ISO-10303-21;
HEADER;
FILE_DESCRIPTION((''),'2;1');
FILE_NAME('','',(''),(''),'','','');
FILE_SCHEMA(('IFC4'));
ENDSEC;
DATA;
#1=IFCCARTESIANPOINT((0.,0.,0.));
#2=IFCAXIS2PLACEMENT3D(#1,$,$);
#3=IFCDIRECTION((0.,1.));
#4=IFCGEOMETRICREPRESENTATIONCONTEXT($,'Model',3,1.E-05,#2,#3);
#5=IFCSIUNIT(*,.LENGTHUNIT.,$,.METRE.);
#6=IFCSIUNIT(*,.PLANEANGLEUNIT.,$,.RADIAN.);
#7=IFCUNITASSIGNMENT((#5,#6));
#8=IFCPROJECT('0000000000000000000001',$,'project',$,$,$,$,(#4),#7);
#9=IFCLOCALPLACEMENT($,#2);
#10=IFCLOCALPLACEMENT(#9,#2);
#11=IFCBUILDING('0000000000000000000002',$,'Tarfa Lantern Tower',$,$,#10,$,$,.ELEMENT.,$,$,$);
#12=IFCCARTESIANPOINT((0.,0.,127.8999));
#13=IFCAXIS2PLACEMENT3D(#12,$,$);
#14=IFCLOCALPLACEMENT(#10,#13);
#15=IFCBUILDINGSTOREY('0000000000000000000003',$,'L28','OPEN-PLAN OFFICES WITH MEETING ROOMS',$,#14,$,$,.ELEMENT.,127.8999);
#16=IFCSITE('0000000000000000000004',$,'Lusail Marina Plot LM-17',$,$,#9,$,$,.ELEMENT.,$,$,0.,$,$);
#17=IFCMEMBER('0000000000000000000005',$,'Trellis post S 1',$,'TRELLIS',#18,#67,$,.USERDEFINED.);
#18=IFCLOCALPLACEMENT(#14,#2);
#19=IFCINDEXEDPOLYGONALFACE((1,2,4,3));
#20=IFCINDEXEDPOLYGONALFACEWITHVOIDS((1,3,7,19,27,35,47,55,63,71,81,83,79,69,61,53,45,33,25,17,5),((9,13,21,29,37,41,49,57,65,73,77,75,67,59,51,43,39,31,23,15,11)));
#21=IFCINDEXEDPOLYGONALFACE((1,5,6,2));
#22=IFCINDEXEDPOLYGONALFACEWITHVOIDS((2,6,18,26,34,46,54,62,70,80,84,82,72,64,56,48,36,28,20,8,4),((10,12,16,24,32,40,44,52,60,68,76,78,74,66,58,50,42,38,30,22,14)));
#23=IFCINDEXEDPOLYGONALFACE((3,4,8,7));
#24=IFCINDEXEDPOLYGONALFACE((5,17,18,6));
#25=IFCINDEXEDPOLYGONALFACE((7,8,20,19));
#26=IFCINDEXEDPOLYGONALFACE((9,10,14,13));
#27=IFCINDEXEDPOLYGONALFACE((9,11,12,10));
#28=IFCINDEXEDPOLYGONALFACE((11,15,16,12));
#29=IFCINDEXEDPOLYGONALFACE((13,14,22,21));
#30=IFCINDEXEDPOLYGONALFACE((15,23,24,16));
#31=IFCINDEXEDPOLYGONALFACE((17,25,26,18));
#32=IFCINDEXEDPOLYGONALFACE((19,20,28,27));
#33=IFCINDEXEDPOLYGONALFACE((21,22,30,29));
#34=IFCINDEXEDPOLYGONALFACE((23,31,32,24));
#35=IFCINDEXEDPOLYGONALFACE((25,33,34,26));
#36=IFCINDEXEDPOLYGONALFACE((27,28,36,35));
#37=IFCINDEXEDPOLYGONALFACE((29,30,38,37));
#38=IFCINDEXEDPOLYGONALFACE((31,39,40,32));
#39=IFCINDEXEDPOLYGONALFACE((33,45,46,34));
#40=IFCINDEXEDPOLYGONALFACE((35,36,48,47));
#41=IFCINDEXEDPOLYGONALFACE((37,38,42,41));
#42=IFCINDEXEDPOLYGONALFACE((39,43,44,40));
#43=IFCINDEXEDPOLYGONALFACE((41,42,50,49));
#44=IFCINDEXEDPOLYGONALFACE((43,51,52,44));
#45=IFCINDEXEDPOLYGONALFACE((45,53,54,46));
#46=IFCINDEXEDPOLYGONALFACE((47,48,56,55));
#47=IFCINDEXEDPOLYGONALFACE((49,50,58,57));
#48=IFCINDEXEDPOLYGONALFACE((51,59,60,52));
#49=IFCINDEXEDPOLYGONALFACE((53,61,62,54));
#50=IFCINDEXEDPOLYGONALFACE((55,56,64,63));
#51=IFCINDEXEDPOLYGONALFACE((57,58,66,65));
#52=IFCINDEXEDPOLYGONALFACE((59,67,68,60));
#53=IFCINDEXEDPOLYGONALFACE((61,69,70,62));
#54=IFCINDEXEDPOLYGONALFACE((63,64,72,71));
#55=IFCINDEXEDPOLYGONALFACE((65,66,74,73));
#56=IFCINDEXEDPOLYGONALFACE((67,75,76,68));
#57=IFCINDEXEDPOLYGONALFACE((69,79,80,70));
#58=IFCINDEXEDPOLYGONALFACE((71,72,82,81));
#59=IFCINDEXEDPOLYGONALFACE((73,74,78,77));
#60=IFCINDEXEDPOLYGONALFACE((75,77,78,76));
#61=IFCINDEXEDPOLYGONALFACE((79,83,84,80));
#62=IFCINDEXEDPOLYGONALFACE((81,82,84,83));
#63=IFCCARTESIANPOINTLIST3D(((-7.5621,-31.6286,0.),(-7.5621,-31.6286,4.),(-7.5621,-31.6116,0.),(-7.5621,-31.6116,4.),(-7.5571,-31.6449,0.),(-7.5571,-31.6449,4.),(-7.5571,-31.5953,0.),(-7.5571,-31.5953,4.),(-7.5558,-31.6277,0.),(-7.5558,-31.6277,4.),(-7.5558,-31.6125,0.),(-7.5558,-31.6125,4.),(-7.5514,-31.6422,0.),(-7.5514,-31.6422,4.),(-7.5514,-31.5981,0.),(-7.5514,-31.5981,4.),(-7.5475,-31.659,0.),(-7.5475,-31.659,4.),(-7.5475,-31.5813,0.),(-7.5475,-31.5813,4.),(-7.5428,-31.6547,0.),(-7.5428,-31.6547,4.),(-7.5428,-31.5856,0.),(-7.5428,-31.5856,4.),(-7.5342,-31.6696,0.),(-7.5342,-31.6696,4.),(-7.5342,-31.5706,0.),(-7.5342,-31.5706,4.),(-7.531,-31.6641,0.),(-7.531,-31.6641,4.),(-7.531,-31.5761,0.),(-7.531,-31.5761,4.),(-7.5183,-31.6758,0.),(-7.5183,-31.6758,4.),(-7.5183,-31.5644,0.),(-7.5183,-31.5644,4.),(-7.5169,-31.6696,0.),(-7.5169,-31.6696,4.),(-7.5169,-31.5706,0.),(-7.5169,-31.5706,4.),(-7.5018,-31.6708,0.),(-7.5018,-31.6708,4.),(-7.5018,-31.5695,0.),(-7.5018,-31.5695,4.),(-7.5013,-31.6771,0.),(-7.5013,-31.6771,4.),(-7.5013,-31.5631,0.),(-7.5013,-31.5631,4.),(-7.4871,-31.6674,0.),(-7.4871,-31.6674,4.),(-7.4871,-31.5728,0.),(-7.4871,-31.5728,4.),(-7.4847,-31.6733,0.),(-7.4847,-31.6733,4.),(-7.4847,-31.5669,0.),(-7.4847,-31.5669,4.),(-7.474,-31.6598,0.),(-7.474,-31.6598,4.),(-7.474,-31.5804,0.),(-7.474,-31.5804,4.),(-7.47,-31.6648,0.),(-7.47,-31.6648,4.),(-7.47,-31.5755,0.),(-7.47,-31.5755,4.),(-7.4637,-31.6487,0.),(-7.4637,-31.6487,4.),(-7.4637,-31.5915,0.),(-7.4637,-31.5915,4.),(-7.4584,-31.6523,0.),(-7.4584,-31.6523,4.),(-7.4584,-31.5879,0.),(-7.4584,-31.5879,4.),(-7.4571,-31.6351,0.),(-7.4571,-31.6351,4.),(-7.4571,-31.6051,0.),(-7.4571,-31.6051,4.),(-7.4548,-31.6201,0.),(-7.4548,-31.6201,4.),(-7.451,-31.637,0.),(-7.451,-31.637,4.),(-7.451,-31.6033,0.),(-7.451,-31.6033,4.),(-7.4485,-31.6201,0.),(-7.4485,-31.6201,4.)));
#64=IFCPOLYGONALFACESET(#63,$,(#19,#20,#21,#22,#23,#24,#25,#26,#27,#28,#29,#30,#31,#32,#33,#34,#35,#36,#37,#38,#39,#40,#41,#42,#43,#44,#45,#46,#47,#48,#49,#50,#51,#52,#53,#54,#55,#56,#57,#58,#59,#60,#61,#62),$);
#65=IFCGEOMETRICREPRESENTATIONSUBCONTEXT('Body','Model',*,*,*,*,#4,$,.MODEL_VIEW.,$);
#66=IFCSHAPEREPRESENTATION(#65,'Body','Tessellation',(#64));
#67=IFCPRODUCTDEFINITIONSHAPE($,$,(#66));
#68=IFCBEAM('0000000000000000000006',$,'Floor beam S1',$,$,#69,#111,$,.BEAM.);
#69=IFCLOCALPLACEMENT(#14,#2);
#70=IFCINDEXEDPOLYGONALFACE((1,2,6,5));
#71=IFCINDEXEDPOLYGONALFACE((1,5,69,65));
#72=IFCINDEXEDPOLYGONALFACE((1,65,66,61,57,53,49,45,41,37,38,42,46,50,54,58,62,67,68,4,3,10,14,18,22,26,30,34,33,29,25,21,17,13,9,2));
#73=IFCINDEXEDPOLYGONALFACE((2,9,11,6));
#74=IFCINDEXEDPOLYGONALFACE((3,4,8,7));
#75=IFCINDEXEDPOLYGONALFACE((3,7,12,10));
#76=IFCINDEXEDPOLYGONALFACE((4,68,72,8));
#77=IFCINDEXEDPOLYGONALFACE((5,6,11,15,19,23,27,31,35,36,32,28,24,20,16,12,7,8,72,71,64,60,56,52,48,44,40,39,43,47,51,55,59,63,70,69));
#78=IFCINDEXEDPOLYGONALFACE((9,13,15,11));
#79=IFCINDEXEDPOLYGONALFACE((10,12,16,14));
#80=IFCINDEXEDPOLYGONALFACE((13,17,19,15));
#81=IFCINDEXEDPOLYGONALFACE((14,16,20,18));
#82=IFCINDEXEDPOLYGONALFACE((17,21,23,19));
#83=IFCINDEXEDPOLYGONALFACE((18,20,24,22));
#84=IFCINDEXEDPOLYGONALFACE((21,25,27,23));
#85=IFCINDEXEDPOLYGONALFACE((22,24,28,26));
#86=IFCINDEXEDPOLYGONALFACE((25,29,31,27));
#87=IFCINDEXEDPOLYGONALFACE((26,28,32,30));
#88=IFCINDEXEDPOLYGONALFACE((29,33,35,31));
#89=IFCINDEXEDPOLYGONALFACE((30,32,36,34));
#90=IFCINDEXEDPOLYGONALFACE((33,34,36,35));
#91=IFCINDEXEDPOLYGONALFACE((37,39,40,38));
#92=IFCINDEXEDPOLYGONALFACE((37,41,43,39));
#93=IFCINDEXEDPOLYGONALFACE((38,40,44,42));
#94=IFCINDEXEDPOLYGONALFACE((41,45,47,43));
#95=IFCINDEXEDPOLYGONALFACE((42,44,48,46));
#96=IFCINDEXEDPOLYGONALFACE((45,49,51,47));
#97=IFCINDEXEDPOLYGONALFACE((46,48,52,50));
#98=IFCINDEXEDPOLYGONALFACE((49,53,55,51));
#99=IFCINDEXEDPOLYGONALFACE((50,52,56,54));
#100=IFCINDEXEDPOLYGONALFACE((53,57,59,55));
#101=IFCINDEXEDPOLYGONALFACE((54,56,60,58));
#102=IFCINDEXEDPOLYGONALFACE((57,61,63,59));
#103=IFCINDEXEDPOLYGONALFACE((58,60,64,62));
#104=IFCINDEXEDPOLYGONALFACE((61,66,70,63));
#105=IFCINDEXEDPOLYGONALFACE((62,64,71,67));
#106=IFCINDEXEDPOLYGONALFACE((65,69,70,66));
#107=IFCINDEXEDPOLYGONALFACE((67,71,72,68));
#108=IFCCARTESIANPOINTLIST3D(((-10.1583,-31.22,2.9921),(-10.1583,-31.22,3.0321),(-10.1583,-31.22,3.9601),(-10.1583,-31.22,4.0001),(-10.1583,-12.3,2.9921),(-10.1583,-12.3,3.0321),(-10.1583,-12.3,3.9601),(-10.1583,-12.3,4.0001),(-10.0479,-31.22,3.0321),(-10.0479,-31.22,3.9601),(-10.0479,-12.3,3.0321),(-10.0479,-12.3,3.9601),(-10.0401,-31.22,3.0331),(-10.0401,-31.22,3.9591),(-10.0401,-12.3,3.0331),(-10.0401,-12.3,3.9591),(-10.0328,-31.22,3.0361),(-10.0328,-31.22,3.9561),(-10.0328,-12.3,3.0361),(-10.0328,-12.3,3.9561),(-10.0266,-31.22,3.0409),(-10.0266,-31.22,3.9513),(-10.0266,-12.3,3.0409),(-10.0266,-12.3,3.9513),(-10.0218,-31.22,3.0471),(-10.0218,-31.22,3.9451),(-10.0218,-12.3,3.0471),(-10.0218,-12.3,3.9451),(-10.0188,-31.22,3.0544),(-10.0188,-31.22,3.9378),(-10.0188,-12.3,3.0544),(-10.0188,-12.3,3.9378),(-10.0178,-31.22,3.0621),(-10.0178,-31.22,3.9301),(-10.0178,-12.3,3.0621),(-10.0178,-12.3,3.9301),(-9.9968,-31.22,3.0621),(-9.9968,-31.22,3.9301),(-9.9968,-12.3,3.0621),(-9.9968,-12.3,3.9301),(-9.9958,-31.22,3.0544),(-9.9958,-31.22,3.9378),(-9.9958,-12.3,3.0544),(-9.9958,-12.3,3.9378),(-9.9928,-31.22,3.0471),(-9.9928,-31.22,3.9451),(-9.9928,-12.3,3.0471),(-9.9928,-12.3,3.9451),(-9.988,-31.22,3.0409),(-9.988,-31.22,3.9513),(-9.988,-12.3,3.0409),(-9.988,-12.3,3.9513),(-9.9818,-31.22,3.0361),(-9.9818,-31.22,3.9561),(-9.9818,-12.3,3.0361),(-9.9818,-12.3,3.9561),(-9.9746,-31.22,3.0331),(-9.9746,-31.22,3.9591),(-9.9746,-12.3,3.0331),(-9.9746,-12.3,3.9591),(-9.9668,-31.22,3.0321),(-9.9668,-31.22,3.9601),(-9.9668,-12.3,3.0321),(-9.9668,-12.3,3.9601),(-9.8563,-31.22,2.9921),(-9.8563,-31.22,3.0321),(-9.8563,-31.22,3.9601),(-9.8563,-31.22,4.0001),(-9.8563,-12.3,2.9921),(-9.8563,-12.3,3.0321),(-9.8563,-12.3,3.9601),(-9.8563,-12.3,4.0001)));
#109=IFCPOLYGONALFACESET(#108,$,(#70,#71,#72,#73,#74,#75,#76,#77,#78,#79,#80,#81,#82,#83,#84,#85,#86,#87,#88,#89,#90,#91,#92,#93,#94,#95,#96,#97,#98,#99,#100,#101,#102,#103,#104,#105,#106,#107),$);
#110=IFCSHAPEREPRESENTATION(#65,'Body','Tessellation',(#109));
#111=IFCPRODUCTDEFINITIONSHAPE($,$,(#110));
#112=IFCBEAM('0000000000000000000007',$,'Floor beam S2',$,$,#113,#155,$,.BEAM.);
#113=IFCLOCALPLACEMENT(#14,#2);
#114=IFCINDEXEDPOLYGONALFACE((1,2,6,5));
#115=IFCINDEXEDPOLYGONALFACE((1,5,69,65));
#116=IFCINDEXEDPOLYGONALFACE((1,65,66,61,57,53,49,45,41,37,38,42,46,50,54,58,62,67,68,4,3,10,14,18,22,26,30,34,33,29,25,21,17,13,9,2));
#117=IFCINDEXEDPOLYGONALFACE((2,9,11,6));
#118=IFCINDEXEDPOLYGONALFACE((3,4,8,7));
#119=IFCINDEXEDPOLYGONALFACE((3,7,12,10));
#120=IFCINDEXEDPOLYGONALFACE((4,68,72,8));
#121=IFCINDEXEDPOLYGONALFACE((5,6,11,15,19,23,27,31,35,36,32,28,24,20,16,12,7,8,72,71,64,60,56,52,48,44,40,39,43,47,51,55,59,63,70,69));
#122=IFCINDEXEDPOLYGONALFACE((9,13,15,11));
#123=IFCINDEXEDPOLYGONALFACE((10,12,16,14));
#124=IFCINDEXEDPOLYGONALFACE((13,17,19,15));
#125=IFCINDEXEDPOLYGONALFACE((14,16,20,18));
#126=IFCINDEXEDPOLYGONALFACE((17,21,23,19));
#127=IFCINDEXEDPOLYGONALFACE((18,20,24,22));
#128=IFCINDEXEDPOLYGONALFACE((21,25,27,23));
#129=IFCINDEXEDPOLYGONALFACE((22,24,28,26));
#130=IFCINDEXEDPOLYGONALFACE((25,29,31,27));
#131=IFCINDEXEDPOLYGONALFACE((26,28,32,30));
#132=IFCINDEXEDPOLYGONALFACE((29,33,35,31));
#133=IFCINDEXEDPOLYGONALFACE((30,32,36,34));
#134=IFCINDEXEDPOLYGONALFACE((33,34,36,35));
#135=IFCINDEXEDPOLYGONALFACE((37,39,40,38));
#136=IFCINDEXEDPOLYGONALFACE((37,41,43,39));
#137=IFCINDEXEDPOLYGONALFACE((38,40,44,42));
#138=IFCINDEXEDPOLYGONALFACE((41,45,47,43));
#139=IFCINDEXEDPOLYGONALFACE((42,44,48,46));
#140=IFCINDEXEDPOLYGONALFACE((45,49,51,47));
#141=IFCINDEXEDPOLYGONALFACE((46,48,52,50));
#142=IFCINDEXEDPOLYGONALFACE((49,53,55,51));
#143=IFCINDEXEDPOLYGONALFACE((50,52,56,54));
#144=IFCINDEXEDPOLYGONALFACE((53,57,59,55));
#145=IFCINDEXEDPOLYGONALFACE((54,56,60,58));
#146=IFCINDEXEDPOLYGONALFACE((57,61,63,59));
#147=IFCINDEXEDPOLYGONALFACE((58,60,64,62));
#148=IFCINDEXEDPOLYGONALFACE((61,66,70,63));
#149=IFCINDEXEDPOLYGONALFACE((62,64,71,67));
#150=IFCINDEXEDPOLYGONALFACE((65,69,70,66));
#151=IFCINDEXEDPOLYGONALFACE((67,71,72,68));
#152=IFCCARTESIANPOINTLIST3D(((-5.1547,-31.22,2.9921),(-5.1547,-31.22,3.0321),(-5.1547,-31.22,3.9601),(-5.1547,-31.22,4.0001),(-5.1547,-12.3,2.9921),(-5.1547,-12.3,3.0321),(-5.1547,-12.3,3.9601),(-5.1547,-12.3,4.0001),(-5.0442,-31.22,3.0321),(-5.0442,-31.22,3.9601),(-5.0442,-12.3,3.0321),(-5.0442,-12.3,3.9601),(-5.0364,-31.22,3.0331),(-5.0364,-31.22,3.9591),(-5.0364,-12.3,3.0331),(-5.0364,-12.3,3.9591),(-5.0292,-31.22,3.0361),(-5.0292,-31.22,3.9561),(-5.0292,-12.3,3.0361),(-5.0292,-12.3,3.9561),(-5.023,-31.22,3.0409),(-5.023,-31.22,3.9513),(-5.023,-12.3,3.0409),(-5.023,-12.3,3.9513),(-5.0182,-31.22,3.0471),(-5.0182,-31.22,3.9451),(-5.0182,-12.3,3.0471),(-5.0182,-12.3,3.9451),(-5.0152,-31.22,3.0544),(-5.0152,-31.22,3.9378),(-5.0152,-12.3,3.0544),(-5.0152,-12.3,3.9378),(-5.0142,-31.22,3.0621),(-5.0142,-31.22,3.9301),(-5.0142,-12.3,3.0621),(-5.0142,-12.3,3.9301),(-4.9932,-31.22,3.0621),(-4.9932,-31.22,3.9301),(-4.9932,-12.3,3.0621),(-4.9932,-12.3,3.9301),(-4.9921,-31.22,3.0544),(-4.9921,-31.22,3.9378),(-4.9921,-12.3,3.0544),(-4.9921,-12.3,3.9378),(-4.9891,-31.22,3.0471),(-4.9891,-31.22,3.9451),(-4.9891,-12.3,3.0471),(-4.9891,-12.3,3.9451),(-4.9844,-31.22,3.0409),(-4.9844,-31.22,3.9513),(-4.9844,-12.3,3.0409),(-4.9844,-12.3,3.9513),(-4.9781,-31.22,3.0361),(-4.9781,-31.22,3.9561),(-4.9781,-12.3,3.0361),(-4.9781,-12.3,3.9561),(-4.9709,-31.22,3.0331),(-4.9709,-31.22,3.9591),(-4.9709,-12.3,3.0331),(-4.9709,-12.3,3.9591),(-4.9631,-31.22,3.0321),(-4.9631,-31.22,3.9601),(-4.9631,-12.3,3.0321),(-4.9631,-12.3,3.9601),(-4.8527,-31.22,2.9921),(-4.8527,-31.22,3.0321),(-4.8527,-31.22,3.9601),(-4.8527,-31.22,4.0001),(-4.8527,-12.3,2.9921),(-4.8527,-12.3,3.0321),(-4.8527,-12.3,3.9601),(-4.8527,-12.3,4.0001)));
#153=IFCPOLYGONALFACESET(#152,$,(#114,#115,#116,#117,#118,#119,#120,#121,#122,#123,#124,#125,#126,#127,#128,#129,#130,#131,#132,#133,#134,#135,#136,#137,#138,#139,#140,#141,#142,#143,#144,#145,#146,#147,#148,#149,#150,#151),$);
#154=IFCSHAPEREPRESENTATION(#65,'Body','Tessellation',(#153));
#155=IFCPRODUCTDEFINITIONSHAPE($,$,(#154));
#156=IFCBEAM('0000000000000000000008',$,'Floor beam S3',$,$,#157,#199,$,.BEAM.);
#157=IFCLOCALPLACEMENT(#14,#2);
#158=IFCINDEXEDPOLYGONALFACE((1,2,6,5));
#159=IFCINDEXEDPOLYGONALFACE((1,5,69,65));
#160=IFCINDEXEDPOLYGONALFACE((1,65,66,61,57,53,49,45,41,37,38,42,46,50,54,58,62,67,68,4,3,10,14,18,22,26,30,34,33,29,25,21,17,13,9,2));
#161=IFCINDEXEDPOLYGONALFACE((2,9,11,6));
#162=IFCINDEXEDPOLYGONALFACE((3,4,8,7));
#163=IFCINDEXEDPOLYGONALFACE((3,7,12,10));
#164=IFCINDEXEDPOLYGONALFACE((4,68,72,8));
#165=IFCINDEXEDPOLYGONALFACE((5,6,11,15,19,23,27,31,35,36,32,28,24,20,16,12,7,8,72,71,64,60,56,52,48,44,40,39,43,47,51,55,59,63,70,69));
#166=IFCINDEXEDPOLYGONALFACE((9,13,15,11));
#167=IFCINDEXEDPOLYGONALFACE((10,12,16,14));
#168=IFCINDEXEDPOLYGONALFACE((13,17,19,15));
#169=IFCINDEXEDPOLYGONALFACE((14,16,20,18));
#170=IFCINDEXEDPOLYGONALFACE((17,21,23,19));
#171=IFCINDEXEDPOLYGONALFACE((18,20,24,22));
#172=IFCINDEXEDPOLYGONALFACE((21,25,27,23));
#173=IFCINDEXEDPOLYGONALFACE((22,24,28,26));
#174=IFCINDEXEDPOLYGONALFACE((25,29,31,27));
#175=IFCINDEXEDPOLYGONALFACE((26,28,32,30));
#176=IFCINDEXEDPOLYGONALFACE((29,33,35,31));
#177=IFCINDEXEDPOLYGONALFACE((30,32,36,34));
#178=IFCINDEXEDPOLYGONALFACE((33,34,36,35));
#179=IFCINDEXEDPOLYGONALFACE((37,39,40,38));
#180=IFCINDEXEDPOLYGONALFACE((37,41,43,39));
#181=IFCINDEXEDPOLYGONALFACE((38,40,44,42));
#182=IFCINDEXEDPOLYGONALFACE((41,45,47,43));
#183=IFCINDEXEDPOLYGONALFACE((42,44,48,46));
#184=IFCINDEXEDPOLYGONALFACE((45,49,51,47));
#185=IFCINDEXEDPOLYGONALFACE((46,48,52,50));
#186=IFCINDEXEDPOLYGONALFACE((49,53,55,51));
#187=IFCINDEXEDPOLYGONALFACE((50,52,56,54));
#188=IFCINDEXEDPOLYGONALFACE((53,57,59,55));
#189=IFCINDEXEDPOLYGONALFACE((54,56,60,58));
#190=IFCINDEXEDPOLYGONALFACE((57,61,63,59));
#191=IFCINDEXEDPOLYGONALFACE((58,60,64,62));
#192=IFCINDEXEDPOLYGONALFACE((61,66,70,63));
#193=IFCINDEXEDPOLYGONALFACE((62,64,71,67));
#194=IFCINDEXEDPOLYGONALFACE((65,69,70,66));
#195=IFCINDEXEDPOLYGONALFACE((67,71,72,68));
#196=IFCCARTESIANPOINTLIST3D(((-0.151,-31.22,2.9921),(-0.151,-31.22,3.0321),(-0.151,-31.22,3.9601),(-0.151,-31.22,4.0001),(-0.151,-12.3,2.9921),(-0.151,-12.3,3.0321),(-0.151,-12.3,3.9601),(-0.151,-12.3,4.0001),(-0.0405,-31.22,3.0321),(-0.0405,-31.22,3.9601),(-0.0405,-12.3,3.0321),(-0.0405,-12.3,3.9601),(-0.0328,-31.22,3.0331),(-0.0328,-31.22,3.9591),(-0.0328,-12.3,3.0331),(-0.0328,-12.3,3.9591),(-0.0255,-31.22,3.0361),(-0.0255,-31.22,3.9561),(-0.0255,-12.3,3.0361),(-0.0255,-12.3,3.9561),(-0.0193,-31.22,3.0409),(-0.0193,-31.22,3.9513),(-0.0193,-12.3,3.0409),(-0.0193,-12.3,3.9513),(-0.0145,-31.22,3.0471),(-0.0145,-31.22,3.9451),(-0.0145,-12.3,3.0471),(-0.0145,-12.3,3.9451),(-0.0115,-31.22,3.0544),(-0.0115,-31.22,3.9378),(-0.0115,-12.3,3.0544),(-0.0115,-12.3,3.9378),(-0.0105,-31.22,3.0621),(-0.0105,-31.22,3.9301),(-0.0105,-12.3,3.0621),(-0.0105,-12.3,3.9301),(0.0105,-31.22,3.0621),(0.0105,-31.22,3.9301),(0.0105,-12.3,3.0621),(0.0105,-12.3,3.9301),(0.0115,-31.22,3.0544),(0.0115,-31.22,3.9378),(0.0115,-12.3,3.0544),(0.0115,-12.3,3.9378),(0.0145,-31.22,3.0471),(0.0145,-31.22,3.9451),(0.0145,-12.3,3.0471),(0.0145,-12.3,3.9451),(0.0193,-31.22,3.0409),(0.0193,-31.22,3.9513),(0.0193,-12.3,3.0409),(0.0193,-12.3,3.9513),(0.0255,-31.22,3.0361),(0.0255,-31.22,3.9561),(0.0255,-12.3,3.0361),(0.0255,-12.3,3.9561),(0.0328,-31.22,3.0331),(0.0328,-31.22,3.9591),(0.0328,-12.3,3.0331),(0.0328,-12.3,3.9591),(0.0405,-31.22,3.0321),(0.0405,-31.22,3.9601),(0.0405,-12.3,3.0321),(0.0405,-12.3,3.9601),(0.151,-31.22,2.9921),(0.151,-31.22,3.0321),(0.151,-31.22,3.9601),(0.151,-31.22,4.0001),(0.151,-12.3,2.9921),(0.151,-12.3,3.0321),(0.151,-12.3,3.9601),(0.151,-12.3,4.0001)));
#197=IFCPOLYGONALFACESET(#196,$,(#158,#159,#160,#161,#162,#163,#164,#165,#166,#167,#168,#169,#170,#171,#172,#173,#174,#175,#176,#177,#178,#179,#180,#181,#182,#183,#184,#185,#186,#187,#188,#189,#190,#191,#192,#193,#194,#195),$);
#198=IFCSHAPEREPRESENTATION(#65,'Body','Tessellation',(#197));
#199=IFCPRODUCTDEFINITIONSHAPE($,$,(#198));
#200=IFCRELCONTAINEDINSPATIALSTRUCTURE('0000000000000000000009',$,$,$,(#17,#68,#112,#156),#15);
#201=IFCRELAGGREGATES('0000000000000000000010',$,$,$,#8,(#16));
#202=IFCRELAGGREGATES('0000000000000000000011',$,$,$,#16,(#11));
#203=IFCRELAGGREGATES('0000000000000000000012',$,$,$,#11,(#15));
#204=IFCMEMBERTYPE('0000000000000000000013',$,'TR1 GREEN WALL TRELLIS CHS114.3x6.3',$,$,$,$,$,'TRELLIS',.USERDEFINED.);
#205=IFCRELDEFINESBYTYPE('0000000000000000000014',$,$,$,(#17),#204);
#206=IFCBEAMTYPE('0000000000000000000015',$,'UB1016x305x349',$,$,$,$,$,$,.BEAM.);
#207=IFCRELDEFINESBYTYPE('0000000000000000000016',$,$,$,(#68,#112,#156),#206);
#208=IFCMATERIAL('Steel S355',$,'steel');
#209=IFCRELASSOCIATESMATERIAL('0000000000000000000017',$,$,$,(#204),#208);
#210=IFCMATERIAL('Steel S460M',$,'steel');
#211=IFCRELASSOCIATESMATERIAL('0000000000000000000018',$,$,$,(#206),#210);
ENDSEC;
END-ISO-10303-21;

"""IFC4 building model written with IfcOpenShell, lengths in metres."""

from ifc_helpers import new_model, si_unit, direction, frame, origin, origin_2d, place, context, subcontext, project, spatial, hollow_circle, i_section, extrude, material, material_profile, profile_set, type_object, element, save


model = new_model("IFC4")

# Units and contexts
model_context = context("Model", 3, precision=1e-05, world=origin(), true_north=direction((0.0, 1.0)))
body_context = subcontext(model_context, "Body", "Model", "MODEL_VIEW")
ifc_project = project(units=[si_unit("LENGTHUNIT", "METRE"), si_unit("PLANEANGLEUNIT", "RADIAN")], contexts=[model_context])

# Site, building, storey
site_placement = place(None, origin())
site = spatial("IfcSite", under=ifc_project, at=site_placement, Name="Lusail Marina Plot LM-17", CompositionType="ELEMENT", RefElevation=0.0)
building_placement = place(site_placement, origin())
building = spatial("IfcBuilding", under=site, at=building_placement, Name="Tarfa Lantern Tower", CompositionType="ELEMENT")
storey_placement = place(building_placement, frame((0.0, 0.0, 127.8999)))
storey = spatial("IfcBuildingStorey", under=building, at=storey_placement, Name="L28", Description="OPEN-PLAN OFFICES WITH MEETING ROOMS", CompositionType="ELEMENT", Elevation=127.8999)

# Member
ifc_material_1 = material(Name="Steel S355", Category="steel")
ifc_material_profile_1 = material_profile(ifc_material_1, hollow_circle(Radius=0.0571, WallThickness=0.0063, at=origin_2d()), Name="CHS114.3x6.3")
ifc_profile_set_1 = profile_set([ifc_material_profile_1], Name="Steel S355")
member_type_1 = type_object("IfcMemberType", Name="TR1 GREEN WALL TRELLIS CHS114.3x6.3", ElementType="TRELLIS", PredefinedType="USERDEFINED", material=ifc_profile_set_1)
member_1_placement = place(storey_placement, frame((-7.5056, -31.6201, 0.0), z_axis=(0.0, 0.0, 1.0), x_axis=(1.0, 0.0, 0.0)))
element("IfcMember", 1, at=member_1_placement, inside=storey, type_object=member_type_1, Name="Trellis post S 1", ObjectType="TRELLIS", PredefinedType="USERDEFINED", context=body_context, shape_type="SweptSolid", body=[
    extrude(hollow_circle(Radius=0.0571, WallThickness=0.0063, at=origin_2d()), origin(), (0.0, 0.0, 1.0), 4.0),
])

# Beams
ifc_material_2 = material(Name="Steel S460M", Category="steel")
ifc_material_profile_2 = material_profile(ifc_material_2, i_section(OverallWidth=0.302, OverallDepth=1.0081, WebThickness=0.021, FlangeThickness=0.04, FilletRadius=0.03, at=origin_2d()), Name="UB1016x305x349")
ifc_profile_set_2 = profile_set([ifc_material_profile_2], Name="Steel S460M")
beam_type_1 = type_object("IfcBeamType", Name="UB1016x305x349", PredefinedType="BEAM", material=ifc_profile_set_2)
for number, where, z_axis, x_axis, name in (
    (2, (-10.0073, -31.22, 3.4961), (0.0, 1.0, 0.0), (-1.0, 0.0, 0.0), "Floor beam S1"),
    (3, (-5.0037, -31.22, 3.4961), (0.0, 1.0, 0.0), (-1.0, 0.0, 0.0), "Floor beam S2"),
    (4, (0.0, -31.22, 3.4961), (0.0, 1.0, 0.0), (-1.0, 0.0, 0.0), "Floor beam S3"),
):
    element("IfcBeam", number, at=place(storey_placement, frame(where, z_axis=z_axis, x_axis=x_axis)), inside=storey, type_object=beam_type_1, Name=name, PredefinedType="BEAM", context=body_context, shape_type="SweptSolid", body=[
        extrude(i_section(OverallWidth=0.302, OverallDepth=1.0081, WebThickness=0.021, FlangeThickness=0.04, FilletRadius=0.03, at=origin_2d()), origin(), (0.0, 0.0, 1.0), 18.9199),
    ])

save(model, "model.ifc")
